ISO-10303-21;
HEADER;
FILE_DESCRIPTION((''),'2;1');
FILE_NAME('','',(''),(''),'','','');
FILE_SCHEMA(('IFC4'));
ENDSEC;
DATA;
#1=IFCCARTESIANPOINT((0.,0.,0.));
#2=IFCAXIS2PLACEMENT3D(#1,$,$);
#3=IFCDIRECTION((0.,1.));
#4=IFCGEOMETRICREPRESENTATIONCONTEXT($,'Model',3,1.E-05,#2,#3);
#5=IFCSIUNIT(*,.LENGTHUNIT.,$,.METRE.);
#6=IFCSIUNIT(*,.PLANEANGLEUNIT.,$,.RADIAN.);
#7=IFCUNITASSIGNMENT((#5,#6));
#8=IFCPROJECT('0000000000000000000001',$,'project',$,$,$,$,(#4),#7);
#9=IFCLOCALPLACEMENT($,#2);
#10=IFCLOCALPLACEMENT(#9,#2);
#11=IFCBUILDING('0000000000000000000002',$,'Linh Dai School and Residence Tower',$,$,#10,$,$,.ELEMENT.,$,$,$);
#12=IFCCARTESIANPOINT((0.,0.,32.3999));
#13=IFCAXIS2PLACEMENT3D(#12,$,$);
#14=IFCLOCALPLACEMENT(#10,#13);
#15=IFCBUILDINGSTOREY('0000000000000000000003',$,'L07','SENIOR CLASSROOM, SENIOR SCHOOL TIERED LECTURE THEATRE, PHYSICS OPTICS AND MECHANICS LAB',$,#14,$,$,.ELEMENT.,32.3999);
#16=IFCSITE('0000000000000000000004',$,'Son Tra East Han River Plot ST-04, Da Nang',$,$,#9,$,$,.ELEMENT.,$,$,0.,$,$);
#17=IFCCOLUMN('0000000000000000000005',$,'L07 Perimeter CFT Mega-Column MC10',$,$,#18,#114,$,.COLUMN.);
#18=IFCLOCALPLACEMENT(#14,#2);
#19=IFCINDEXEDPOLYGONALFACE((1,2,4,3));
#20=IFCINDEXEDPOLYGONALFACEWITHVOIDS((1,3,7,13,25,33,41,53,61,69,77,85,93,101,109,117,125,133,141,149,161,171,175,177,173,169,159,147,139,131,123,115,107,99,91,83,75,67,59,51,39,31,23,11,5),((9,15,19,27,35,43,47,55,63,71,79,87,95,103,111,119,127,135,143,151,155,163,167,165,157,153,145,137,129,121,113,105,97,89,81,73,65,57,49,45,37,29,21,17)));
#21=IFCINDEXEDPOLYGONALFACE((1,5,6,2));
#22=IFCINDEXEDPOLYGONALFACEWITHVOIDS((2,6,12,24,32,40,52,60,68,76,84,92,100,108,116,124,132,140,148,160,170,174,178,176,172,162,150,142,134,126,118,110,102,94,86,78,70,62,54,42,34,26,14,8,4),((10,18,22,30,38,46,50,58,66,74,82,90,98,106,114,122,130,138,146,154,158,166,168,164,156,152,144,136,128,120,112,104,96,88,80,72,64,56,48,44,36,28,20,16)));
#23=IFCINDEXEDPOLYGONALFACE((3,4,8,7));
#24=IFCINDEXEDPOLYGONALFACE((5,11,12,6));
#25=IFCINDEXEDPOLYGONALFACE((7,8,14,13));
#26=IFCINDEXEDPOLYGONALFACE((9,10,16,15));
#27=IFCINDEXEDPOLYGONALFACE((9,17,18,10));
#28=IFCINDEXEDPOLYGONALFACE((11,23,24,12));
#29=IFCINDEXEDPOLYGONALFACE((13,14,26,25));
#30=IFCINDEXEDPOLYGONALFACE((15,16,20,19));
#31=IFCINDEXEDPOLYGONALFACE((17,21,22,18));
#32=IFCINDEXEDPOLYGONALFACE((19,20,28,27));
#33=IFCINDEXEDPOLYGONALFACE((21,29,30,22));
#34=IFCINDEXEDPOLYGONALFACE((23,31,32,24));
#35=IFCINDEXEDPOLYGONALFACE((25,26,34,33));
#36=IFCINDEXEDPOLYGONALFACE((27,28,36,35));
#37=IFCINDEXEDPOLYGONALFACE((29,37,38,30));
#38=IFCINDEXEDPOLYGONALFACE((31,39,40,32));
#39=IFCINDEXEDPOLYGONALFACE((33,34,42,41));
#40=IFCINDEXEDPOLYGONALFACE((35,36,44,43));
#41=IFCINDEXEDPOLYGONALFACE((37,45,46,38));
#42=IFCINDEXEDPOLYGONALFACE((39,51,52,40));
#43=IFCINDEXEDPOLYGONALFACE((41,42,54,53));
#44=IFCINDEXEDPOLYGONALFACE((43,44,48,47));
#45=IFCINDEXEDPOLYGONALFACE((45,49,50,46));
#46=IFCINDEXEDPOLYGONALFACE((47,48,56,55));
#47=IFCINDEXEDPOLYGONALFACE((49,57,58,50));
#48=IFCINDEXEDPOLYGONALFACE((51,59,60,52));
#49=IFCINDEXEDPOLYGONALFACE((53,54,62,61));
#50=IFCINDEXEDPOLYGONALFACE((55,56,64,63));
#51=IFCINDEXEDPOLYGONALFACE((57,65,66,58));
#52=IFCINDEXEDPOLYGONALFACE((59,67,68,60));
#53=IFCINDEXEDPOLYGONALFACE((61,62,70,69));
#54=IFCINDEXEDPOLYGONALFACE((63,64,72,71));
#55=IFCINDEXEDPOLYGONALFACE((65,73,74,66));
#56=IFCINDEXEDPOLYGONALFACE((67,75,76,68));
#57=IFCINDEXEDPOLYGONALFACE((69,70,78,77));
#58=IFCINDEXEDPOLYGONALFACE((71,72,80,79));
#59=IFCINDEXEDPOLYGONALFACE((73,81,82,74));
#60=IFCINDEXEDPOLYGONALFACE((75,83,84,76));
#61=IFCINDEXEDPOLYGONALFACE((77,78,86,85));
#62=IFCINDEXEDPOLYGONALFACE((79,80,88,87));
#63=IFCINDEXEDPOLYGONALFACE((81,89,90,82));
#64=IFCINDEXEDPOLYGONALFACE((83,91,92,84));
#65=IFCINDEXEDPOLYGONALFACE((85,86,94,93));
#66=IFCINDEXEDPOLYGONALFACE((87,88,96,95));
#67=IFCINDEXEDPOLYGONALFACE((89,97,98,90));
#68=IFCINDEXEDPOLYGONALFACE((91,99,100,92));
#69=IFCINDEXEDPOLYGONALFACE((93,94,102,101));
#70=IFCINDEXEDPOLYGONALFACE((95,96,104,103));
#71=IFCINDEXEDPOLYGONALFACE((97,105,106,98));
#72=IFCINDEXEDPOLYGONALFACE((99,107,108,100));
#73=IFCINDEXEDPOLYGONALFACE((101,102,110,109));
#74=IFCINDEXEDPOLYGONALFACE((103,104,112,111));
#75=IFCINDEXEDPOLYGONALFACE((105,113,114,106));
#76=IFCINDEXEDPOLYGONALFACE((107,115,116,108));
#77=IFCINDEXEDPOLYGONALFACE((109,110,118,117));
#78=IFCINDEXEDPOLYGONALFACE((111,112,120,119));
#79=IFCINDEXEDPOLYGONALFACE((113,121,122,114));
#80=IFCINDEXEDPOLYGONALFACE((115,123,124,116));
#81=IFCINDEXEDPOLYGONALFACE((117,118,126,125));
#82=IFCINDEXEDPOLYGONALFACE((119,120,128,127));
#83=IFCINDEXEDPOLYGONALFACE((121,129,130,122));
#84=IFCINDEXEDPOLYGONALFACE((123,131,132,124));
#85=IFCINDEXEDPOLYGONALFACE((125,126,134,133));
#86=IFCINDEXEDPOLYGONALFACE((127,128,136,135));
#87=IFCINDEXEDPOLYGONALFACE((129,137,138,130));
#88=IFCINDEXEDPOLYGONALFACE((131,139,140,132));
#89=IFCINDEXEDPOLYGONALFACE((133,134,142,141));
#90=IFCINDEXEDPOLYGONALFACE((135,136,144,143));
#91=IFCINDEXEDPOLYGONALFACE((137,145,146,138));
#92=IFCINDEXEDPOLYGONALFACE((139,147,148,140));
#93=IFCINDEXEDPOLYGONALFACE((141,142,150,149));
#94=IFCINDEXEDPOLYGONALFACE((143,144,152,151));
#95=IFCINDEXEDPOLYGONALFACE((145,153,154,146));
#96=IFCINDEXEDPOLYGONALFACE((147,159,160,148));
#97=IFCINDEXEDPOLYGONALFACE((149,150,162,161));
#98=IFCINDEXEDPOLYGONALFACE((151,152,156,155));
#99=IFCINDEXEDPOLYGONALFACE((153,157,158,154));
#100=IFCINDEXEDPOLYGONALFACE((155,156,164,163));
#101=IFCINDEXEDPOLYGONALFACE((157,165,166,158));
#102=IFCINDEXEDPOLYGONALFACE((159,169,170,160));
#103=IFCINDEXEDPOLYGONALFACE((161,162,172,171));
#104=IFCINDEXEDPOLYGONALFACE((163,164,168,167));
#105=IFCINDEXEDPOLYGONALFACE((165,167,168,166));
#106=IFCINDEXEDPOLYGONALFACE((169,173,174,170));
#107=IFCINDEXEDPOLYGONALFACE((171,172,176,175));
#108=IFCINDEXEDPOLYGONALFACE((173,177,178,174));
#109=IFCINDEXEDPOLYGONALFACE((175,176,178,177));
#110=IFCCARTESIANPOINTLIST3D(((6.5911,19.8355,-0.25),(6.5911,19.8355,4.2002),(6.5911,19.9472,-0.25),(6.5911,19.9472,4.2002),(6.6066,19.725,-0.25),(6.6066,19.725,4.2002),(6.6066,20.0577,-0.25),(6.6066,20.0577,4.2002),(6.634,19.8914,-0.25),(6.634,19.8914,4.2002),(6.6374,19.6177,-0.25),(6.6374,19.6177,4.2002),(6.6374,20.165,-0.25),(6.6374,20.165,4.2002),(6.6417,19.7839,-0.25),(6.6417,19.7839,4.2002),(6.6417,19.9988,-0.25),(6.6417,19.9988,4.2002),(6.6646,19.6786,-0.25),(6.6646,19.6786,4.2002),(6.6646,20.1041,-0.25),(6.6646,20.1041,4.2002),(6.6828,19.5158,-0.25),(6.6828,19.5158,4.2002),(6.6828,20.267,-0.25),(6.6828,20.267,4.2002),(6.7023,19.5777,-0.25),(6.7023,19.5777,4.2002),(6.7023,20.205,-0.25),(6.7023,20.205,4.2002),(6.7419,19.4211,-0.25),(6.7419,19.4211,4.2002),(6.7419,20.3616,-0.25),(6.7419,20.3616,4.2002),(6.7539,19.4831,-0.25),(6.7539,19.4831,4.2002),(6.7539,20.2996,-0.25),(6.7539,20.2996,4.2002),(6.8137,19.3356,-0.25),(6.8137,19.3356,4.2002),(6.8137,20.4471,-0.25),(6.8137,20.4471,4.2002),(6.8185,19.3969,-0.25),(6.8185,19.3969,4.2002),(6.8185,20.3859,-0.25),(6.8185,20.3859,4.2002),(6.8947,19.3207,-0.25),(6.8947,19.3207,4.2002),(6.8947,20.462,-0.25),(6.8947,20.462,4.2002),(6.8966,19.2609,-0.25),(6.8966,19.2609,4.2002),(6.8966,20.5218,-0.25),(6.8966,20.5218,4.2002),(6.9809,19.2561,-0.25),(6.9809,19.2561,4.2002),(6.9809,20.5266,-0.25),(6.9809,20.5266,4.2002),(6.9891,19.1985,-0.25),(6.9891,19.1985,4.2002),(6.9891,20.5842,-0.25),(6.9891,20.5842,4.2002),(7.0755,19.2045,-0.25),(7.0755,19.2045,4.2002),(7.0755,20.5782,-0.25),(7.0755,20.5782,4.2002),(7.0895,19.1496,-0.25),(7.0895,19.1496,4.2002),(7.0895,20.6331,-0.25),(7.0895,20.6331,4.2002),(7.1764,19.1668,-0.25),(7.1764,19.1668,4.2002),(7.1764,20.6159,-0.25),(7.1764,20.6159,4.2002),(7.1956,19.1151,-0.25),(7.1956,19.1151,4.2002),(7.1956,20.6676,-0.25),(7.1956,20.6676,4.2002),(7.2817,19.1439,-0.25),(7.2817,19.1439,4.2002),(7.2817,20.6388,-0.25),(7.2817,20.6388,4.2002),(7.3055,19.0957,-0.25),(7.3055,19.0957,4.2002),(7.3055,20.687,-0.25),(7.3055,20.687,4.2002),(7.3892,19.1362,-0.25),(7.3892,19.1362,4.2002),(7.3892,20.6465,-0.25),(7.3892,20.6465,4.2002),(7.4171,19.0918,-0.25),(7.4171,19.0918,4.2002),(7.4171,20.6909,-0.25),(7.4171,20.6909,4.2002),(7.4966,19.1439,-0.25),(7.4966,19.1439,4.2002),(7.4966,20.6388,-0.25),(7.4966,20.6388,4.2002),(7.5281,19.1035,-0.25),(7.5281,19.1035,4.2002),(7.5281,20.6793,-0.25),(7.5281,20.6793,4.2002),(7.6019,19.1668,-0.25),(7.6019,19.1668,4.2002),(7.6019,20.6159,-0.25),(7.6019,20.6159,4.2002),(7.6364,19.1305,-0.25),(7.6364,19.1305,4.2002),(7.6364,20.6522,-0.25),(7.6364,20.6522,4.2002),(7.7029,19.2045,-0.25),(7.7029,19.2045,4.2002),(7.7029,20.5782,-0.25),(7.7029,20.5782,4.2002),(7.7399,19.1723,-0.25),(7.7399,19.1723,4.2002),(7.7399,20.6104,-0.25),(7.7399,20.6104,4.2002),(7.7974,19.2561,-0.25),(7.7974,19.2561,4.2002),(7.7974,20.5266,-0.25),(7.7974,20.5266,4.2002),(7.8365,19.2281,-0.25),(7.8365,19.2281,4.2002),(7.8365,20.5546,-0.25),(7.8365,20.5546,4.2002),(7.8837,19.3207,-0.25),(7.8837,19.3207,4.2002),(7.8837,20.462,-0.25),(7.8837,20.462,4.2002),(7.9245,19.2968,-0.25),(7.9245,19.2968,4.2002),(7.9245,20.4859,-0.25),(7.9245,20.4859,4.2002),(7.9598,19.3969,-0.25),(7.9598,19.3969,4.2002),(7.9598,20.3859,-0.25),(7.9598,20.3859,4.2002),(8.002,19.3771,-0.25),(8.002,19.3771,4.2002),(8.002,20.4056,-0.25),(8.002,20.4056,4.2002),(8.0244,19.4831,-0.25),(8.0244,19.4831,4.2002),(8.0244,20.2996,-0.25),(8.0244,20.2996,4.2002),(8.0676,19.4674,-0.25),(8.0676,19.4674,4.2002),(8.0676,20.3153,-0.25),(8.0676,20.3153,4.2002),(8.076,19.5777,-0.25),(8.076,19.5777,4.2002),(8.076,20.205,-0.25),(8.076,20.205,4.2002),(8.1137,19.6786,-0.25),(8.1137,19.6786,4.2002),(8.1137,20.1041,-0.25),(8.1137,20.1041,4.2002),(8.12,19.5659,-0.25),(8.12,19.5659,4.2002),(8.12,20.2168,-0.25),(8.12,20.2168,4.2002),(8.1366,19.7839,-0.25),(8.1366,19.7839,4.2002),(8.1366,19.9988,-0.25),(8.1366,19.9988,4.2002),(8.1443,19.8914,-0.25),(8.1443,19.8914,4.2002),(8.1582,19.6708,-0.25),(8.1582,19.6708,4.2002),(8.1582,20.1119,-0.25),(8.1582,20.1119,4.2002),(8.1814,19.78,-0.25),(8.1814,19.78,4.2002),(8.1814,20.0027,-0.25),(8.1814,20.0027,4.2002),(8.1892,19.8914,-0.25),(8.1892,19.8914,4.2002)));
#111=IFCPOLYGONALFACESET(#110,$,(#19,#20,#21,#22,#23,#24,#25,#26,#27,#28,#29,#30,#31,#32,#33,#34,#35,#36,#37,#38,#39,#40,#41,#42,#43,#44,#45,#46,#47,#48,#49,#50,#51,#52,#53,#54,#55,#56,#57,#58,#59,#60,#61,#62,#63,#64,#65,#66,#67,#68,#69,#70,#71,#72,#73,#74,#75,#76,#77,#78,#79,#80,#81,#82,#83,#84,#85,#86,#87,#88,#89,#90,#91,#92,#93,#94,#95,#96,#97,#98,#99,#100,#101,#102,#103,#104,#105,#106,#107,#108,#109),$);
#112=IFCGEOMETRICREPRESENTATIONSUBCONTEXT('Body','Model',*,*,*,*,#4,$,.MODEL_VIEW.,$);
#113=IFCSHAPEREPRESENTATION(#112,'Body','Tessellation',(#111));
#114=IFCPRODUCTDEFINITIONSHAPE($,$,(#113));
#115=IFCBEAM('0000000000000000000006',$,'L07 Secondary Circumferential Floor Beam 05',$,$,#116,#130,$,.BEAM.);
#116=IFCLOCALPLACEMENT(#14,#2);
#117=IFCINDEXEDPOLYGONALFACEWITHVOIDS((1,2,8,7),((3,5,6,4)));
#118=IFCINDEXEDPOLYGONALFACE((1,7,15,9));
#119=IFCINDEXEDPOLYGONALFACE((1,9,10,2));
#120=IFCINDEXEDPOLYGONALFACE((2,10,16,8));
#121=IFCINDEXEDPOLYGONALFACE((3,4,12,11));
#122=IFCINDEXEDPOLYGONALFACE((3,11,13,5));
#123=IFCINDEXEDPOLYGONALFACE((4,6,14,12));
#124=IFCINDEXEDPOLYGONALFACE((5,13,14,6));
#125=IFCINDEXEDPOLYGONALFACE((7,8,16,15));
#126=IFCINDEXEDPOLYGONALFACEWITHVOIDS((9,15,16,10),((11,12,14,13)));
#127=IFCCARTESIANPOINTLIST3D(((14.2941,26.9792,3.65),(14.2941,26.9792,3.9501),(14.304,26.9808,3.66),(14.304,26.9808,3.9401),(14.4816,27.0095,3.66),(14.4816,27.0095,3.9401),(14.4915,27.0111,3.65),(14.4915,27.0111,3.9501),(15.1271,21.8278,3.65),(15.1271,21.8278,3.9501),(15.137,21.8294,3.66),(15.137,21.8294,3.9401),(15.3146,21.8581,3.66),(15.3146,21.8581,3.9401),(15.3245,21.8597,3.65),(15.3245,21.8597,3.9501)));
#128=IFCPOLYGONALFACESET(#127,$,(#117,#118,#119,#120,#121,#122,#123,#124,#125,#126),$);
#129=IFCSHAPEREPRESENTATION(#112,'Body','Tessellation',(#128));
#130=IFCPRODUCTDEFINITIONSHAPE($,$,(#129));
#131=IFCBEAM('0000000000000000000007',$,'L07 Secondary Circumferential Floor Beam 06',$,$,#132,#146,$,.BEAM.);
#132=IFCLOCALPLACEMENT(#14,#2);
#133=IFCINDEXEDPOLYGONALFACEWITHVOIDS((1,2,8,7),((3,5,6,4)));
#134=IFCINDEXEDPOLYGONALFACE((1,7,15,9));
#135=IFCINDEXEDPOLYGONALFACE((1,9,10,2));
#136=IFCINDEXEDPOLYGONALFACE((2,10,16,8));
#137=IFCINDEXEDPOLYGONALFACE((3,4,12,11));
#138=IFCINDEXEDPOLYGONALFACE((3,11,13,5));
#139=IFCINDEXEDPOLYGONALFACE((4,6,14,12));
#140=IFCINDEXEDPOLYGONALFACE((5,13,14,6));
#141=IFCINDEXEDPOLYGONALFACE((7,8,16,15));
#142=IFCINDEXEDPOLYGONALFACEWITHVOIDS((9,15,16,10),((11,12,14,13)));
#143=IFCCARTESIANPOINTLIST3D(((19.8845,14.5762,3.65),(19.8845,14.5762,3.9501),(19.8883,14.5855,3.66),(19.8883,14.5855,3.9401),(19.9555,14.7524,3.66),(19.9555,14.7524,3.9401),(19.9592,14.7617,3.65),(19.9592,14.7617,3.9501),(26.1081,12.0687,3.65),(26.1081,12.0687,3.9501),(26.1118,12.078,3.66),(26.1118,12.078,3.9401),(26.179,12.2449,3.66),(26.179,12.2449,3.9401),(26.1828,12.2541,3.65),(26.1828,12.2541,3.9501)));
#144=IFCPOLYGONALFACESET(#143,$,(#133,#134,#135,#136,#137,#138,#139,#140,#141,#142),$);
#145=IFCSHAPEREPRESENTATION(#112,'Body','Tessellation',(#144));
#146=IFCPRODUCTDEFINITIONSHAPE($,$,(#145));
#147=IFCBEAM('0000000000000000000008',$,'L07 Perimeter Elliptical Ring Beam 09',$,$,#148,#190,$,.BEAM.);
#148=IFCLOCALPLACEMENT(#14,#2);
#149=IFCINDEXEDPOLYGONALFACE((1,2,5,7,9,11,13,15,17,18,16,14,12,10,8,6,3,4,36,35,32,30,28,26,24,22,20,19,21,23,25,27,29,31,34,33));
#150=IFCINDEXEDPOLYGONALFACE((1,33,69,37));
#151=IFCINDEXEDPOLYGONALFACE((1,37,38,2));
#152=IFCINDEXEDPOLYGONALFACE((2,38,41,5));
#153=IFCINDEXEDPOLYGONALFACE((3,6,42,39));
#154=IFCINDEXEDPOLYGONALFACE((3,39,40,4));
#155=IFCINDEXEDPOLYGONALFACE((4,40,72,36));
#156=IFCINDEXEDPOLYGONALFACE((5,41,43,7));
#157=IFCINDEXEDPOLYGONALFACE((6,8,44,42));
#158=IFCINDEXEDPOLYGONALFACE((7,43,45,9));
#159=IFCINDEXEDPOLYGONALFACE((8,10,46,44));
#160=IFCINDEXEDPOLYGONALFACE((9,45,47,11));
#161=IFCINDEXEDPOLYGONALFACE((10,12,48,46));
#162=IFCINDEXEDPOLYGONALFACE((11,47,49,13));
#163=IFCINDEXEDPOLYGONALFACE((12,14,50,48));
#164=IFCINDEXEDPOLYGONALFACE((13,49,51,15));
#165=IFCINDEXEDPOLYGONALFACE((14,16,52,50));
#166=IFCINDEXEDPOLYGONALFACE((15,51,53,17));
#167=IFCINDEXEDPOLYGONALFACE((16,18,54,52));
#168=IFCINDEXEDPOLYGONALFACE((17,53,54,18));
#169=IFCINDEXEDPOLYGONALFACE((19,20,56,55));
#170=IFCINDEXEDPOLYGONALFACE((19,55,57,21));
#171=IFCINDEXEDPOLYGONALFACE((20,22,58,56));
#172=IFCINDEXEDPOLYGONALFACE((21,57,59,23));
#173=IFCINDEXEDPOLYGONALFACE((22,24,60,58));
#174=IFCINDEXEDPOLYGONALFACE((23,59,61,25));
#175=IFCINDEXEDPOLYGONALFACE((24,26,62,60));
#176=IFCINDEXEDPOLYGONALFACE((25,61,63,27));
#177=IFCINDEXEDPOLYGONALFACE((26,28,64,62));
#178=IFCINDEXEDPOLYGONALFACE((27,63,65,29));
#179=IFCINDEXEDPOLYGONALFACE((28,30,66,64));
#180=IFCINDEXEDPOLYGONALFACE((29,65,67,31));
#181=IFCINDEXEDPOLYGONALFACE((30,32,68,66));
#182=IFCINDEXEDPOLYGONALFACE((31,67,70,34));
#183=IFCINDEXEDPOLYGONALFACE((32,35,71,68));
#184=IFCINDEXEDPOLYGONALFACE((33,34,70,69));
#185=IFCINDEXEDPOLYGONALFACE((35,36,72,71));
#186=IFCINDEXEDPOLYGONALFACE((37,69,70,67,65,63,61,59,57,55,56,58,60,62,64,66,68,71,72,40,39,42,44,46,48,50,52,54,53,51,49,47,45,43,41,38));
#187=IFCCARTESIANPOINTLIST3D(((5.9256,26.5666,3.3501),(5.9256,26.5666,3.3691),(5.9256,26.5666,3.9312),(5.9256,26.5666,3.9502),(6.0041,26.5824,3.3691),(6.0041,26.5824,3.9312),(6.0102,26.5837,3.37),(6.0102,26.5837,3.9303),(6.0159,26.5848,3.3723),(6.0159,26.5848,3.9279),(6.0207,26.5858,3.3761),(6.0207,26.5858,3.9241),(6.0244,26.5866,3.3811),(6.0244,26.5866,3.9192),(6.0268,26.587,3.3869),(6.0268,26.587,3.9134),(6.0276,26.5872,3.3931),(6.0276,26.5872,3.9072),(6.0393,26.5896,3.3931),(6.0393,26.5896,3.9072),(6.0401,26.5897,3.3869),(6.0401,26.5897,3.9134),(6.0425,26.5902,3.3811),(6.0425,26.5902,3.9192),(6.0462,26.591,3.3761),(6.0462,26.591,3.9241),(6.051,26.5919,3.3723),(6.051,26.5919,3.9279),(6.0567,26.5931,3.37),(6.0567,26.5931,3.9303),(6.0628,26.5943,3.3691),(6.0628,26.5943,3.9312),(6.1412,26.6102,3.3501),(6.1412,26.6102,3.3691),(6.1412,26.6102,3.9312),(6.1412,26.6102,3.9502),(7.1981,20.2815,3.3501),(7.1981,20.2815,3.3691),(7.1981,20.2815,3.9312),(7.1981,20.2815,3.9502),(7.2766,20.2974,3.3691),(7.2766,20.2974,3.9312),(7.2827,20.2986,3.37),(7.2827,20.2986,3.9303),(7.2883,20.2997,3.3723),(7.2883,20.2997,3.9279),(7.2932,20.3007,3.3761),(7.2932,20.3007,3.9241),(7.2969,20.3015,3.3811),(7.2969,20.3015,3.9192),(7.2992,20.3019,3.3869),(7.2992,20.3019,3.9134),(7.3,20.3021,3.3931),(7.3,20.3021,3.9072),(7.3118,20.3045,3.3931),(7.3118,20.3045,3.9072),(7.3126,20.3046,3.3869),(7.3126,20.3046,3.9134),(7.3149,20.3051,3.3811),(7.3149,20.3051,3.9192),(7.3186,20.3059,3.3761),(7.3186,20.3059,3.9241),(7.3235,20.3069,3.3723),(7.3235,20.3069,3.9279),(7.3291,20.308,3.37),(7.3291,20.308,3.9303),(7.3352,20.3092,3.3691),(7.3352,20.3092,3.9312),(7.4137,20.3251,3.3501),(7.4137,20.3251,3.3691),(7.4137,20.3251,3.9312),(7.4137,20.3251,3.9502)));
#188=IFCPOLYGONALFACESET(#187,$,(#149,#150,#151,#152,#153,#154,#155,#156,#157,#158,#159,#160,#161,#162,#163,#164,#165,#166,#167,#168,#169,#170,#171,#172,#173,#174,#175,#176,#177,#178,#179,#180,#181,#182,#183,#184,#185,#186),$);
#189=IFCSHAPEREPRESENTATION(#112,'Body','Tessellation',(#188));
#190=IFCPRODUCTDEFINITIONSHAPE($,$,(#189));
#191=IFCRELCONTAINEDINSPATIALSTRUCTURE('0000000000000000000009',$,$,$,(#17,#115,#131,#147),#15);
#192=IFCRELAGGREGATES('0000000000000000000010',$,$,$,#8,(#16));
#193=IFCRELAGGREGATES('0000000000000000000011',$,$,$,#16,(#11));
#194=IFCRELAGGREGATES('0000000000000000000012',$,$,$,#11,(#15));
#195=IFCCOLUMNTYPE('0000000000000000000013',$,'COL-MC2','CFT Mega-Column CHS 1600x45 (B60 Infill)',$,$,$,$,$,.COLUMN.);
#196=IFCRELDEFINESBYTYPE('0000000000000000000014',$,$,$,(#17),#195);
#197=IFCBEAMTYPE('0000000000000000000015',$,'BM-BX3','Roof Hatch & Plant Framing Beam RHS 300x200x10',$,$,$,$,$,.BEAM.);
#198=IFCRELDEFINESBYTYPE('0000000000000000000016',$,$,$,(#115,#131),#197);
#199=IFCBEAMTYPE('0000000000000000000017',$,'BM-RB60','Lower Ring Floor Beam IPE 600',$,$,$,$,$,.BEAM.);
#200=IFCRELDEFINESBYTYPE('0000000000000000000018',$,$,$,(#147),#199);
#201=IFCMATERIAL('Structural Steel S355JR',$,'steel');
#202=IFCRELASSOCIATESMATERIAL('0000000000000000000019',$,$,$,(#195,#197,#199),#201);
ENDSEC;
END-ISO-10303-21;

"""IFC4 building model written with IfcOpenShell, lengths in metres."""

from ifc_helpers import new_model, si_unit, direction, frame, origin, origin_2d, place, context, subcontext, project, spatial, hollow_rectangle, hollow_circle, i_section, extrude, material, material_profile, profile_set, type_object, element, save


model = new_model("IFC4")

# Units and contexts
model_context = context("Model", 3, precision=1e-05, world=origin(), true_north=direction((0.0, 1.0)))
body_context = subcontext(model_context, "Body", "Model", "MODEL_VIEW")
ifc_project = project(units=[si_unit("LENGTHUNIT", "METRE"), si_unit("PLANEANGLEUNIT", "RADIAN")], contexts=[model_context])

# Site, building, storey
site_placement = place(None, origin())
site = spatial("IfcSite", under=ifc_project, at=site_placement, Name="Son Tra East Han River Plot ST-04, Da Nang", CompositionType="ELEMENT", RefElevation=0.0)
building_placement = place(site_placement, origin())
building = spatial("IfcBuilding", under=site, at=building_placement, Name="Linh Dai School and Residence Tower", CompositionType="ELEMENT")
storey_placement = place(building_placement, frame((0.0, 0.0, 32.3999)))
storey = spatial("IfcBuildingStorey", under=building, at=storey_placement, Name="L07", Description="SENIOR CLASSROOM, SENIOR SCHOOL TIERED LECTURE THEATRE, PHYSICS OPTICS AND MECHANICS LAB", CompositionType="ELEMENT", Elevation=32.3999)

# Column
ifc_material_1 = material(Name="Structural Steel S355JR", Category="steel")
ifc_material_profile_1 = material_profile(ifc_material_1, hollow_circle(Radius=0.8, WallThickness=0.0449, at=origin_2d()), Name="CHS 1600x45")
ifc_profile_set_1 = profile_set([ifc_material_profile_1], Name="Structural Steel S355JR")
column_type = type_object("IfcColumnType", Name="COL-MC2", Description="CFT Mega-Column CHS 1600x45 (B60 Infill)", PredefinedType="COLUMN", material=ifc_profile_set_1)
for number, where, z_axis, x_axis, name in (
    (1, (7.3892, 19.8914, -0.25), (0.0, 0.0, 1.0), (1.0, 0.0, 0.0), "L07 Perimeter CFT Mega-Column MC10"),
):
    element("IfcColumn", number, at=place(storey_placement, frame(where, z_axis=z_axis, x_axis=x_axis)), inside=storey, type_object=column_type, Name=name, PredefinedType="COLUMN", context=body_context, shape_type="SweptSolid", body=[
        extrude(hollow_circle(Radius=0.8, WallThickness=0.0449, at=origin_2d()), origin(), (0.0, 0.0, 1.0), 4.4502),
    ])

# Beams
ifc_material_profile_2 = material_profile(ifc_material_1, hollow_rectangle(XDim=0.2, YDim=0.3, WallThickness=0.01, at=origin_2d()), Name="RHS 300x200x10")
ifc_profile_set_2 = profile_set([ifc_material_profile_2], Name="Structural Steel S355JR")
beam_type_1 = type_object("IfcBeamType", Name="BM-BX3", Description="Roof Hatch & Plant Framing Beam RHS 300x200x10", PredefinedType="BEAM", material=ifc_profile_set_2)
beam_1_placement = place(storey_placement, frame((14.3928, 26.9951, 3.8), z_axis=(0.159633, -0.987177, 0.0), x_axis=(0.987177, 0.159633, 0.0)))
element("IfcBeam", 2, at=beam_1_placement, inside=storey, type_object=beam_type_1, Name="L07 Secondary Circumferential Floor Beam 05", PredefinedType="BEAM", context=body_context, shape_type="SweptSolid", body=[
    extrude(hollow_rectangle(XDim=0.2, YDim=0.3, WallThickness=0.01, at=origin_2d()), origin(), (0.0, 0.0, 1.0), 5.2183),
])
beam_2_placement = place(storey_placement, frame((19.9219, 14.6689, 3.8), z_axis=(0.927543, -0.373717, 0.0), x_axis=(0.373717, 0.927543, 0.0)))
element("IfcBeam", 3, at=beam_2_placement, inside=storey, type_object=beam_type_1, Name="L07 Secondary Circumferential Floor Beam 06", PredefinedType="BEAM", context=body_context, shape_type="SweptSolid", body=[
    extrude(hollow_rectangle(XDim=0.2, YDim=0.3, WallThickness=0.01, at=origin_2d()), origin(), (0.0, 0.0, 1.0), 6.7097),
])
ifc_material_profile_3 = material_profile(ifc_material_1, i_section(OverallWidth=0.22, OverallDepth=0.6001, WebThickness=0.012, FlangeThickness=0.019, FilletRadius=0.0239, at=origin_2d()), Name="IPE 600")
ifc_profile_set_3 = profile_set([ifc_material_profile_3], Name="Structural Steel S355JR")
beam_type_2 = type_object("IfcBeamType", Name="BM-RB60", Description="Lower Ring Floor Beam IPE 600", PredefinedType="BEAM", material=ifc_profile_set_3)
beam_3_placement = place(storey_placement, frame((6.0334, 26.5884, 3.6501), z_axis=(0.198429, -0.980115, 0.0), x_axis=(0.980115, 0.198429, 0.0)))
element("IfcBeam", 4, at=beam_3_placement, inside=storey, type_object=beam_type_2, Name="L07 Perimeter Elliptical Ring Beam 09", PredefinedType="BEAM", context=body_context, shape_type="SweptSolid", body=[
    extrude(i_section(OverallWidth=0.22, OverallDepth=0.6001, WebThickness=0.012, FlangeThickness=0.019, FilletRadius=0.0239, at=origin_2d()), origin(), (0.0, 0.0, 1.0), 6.4126),
])

save(model, "model.ifc")
